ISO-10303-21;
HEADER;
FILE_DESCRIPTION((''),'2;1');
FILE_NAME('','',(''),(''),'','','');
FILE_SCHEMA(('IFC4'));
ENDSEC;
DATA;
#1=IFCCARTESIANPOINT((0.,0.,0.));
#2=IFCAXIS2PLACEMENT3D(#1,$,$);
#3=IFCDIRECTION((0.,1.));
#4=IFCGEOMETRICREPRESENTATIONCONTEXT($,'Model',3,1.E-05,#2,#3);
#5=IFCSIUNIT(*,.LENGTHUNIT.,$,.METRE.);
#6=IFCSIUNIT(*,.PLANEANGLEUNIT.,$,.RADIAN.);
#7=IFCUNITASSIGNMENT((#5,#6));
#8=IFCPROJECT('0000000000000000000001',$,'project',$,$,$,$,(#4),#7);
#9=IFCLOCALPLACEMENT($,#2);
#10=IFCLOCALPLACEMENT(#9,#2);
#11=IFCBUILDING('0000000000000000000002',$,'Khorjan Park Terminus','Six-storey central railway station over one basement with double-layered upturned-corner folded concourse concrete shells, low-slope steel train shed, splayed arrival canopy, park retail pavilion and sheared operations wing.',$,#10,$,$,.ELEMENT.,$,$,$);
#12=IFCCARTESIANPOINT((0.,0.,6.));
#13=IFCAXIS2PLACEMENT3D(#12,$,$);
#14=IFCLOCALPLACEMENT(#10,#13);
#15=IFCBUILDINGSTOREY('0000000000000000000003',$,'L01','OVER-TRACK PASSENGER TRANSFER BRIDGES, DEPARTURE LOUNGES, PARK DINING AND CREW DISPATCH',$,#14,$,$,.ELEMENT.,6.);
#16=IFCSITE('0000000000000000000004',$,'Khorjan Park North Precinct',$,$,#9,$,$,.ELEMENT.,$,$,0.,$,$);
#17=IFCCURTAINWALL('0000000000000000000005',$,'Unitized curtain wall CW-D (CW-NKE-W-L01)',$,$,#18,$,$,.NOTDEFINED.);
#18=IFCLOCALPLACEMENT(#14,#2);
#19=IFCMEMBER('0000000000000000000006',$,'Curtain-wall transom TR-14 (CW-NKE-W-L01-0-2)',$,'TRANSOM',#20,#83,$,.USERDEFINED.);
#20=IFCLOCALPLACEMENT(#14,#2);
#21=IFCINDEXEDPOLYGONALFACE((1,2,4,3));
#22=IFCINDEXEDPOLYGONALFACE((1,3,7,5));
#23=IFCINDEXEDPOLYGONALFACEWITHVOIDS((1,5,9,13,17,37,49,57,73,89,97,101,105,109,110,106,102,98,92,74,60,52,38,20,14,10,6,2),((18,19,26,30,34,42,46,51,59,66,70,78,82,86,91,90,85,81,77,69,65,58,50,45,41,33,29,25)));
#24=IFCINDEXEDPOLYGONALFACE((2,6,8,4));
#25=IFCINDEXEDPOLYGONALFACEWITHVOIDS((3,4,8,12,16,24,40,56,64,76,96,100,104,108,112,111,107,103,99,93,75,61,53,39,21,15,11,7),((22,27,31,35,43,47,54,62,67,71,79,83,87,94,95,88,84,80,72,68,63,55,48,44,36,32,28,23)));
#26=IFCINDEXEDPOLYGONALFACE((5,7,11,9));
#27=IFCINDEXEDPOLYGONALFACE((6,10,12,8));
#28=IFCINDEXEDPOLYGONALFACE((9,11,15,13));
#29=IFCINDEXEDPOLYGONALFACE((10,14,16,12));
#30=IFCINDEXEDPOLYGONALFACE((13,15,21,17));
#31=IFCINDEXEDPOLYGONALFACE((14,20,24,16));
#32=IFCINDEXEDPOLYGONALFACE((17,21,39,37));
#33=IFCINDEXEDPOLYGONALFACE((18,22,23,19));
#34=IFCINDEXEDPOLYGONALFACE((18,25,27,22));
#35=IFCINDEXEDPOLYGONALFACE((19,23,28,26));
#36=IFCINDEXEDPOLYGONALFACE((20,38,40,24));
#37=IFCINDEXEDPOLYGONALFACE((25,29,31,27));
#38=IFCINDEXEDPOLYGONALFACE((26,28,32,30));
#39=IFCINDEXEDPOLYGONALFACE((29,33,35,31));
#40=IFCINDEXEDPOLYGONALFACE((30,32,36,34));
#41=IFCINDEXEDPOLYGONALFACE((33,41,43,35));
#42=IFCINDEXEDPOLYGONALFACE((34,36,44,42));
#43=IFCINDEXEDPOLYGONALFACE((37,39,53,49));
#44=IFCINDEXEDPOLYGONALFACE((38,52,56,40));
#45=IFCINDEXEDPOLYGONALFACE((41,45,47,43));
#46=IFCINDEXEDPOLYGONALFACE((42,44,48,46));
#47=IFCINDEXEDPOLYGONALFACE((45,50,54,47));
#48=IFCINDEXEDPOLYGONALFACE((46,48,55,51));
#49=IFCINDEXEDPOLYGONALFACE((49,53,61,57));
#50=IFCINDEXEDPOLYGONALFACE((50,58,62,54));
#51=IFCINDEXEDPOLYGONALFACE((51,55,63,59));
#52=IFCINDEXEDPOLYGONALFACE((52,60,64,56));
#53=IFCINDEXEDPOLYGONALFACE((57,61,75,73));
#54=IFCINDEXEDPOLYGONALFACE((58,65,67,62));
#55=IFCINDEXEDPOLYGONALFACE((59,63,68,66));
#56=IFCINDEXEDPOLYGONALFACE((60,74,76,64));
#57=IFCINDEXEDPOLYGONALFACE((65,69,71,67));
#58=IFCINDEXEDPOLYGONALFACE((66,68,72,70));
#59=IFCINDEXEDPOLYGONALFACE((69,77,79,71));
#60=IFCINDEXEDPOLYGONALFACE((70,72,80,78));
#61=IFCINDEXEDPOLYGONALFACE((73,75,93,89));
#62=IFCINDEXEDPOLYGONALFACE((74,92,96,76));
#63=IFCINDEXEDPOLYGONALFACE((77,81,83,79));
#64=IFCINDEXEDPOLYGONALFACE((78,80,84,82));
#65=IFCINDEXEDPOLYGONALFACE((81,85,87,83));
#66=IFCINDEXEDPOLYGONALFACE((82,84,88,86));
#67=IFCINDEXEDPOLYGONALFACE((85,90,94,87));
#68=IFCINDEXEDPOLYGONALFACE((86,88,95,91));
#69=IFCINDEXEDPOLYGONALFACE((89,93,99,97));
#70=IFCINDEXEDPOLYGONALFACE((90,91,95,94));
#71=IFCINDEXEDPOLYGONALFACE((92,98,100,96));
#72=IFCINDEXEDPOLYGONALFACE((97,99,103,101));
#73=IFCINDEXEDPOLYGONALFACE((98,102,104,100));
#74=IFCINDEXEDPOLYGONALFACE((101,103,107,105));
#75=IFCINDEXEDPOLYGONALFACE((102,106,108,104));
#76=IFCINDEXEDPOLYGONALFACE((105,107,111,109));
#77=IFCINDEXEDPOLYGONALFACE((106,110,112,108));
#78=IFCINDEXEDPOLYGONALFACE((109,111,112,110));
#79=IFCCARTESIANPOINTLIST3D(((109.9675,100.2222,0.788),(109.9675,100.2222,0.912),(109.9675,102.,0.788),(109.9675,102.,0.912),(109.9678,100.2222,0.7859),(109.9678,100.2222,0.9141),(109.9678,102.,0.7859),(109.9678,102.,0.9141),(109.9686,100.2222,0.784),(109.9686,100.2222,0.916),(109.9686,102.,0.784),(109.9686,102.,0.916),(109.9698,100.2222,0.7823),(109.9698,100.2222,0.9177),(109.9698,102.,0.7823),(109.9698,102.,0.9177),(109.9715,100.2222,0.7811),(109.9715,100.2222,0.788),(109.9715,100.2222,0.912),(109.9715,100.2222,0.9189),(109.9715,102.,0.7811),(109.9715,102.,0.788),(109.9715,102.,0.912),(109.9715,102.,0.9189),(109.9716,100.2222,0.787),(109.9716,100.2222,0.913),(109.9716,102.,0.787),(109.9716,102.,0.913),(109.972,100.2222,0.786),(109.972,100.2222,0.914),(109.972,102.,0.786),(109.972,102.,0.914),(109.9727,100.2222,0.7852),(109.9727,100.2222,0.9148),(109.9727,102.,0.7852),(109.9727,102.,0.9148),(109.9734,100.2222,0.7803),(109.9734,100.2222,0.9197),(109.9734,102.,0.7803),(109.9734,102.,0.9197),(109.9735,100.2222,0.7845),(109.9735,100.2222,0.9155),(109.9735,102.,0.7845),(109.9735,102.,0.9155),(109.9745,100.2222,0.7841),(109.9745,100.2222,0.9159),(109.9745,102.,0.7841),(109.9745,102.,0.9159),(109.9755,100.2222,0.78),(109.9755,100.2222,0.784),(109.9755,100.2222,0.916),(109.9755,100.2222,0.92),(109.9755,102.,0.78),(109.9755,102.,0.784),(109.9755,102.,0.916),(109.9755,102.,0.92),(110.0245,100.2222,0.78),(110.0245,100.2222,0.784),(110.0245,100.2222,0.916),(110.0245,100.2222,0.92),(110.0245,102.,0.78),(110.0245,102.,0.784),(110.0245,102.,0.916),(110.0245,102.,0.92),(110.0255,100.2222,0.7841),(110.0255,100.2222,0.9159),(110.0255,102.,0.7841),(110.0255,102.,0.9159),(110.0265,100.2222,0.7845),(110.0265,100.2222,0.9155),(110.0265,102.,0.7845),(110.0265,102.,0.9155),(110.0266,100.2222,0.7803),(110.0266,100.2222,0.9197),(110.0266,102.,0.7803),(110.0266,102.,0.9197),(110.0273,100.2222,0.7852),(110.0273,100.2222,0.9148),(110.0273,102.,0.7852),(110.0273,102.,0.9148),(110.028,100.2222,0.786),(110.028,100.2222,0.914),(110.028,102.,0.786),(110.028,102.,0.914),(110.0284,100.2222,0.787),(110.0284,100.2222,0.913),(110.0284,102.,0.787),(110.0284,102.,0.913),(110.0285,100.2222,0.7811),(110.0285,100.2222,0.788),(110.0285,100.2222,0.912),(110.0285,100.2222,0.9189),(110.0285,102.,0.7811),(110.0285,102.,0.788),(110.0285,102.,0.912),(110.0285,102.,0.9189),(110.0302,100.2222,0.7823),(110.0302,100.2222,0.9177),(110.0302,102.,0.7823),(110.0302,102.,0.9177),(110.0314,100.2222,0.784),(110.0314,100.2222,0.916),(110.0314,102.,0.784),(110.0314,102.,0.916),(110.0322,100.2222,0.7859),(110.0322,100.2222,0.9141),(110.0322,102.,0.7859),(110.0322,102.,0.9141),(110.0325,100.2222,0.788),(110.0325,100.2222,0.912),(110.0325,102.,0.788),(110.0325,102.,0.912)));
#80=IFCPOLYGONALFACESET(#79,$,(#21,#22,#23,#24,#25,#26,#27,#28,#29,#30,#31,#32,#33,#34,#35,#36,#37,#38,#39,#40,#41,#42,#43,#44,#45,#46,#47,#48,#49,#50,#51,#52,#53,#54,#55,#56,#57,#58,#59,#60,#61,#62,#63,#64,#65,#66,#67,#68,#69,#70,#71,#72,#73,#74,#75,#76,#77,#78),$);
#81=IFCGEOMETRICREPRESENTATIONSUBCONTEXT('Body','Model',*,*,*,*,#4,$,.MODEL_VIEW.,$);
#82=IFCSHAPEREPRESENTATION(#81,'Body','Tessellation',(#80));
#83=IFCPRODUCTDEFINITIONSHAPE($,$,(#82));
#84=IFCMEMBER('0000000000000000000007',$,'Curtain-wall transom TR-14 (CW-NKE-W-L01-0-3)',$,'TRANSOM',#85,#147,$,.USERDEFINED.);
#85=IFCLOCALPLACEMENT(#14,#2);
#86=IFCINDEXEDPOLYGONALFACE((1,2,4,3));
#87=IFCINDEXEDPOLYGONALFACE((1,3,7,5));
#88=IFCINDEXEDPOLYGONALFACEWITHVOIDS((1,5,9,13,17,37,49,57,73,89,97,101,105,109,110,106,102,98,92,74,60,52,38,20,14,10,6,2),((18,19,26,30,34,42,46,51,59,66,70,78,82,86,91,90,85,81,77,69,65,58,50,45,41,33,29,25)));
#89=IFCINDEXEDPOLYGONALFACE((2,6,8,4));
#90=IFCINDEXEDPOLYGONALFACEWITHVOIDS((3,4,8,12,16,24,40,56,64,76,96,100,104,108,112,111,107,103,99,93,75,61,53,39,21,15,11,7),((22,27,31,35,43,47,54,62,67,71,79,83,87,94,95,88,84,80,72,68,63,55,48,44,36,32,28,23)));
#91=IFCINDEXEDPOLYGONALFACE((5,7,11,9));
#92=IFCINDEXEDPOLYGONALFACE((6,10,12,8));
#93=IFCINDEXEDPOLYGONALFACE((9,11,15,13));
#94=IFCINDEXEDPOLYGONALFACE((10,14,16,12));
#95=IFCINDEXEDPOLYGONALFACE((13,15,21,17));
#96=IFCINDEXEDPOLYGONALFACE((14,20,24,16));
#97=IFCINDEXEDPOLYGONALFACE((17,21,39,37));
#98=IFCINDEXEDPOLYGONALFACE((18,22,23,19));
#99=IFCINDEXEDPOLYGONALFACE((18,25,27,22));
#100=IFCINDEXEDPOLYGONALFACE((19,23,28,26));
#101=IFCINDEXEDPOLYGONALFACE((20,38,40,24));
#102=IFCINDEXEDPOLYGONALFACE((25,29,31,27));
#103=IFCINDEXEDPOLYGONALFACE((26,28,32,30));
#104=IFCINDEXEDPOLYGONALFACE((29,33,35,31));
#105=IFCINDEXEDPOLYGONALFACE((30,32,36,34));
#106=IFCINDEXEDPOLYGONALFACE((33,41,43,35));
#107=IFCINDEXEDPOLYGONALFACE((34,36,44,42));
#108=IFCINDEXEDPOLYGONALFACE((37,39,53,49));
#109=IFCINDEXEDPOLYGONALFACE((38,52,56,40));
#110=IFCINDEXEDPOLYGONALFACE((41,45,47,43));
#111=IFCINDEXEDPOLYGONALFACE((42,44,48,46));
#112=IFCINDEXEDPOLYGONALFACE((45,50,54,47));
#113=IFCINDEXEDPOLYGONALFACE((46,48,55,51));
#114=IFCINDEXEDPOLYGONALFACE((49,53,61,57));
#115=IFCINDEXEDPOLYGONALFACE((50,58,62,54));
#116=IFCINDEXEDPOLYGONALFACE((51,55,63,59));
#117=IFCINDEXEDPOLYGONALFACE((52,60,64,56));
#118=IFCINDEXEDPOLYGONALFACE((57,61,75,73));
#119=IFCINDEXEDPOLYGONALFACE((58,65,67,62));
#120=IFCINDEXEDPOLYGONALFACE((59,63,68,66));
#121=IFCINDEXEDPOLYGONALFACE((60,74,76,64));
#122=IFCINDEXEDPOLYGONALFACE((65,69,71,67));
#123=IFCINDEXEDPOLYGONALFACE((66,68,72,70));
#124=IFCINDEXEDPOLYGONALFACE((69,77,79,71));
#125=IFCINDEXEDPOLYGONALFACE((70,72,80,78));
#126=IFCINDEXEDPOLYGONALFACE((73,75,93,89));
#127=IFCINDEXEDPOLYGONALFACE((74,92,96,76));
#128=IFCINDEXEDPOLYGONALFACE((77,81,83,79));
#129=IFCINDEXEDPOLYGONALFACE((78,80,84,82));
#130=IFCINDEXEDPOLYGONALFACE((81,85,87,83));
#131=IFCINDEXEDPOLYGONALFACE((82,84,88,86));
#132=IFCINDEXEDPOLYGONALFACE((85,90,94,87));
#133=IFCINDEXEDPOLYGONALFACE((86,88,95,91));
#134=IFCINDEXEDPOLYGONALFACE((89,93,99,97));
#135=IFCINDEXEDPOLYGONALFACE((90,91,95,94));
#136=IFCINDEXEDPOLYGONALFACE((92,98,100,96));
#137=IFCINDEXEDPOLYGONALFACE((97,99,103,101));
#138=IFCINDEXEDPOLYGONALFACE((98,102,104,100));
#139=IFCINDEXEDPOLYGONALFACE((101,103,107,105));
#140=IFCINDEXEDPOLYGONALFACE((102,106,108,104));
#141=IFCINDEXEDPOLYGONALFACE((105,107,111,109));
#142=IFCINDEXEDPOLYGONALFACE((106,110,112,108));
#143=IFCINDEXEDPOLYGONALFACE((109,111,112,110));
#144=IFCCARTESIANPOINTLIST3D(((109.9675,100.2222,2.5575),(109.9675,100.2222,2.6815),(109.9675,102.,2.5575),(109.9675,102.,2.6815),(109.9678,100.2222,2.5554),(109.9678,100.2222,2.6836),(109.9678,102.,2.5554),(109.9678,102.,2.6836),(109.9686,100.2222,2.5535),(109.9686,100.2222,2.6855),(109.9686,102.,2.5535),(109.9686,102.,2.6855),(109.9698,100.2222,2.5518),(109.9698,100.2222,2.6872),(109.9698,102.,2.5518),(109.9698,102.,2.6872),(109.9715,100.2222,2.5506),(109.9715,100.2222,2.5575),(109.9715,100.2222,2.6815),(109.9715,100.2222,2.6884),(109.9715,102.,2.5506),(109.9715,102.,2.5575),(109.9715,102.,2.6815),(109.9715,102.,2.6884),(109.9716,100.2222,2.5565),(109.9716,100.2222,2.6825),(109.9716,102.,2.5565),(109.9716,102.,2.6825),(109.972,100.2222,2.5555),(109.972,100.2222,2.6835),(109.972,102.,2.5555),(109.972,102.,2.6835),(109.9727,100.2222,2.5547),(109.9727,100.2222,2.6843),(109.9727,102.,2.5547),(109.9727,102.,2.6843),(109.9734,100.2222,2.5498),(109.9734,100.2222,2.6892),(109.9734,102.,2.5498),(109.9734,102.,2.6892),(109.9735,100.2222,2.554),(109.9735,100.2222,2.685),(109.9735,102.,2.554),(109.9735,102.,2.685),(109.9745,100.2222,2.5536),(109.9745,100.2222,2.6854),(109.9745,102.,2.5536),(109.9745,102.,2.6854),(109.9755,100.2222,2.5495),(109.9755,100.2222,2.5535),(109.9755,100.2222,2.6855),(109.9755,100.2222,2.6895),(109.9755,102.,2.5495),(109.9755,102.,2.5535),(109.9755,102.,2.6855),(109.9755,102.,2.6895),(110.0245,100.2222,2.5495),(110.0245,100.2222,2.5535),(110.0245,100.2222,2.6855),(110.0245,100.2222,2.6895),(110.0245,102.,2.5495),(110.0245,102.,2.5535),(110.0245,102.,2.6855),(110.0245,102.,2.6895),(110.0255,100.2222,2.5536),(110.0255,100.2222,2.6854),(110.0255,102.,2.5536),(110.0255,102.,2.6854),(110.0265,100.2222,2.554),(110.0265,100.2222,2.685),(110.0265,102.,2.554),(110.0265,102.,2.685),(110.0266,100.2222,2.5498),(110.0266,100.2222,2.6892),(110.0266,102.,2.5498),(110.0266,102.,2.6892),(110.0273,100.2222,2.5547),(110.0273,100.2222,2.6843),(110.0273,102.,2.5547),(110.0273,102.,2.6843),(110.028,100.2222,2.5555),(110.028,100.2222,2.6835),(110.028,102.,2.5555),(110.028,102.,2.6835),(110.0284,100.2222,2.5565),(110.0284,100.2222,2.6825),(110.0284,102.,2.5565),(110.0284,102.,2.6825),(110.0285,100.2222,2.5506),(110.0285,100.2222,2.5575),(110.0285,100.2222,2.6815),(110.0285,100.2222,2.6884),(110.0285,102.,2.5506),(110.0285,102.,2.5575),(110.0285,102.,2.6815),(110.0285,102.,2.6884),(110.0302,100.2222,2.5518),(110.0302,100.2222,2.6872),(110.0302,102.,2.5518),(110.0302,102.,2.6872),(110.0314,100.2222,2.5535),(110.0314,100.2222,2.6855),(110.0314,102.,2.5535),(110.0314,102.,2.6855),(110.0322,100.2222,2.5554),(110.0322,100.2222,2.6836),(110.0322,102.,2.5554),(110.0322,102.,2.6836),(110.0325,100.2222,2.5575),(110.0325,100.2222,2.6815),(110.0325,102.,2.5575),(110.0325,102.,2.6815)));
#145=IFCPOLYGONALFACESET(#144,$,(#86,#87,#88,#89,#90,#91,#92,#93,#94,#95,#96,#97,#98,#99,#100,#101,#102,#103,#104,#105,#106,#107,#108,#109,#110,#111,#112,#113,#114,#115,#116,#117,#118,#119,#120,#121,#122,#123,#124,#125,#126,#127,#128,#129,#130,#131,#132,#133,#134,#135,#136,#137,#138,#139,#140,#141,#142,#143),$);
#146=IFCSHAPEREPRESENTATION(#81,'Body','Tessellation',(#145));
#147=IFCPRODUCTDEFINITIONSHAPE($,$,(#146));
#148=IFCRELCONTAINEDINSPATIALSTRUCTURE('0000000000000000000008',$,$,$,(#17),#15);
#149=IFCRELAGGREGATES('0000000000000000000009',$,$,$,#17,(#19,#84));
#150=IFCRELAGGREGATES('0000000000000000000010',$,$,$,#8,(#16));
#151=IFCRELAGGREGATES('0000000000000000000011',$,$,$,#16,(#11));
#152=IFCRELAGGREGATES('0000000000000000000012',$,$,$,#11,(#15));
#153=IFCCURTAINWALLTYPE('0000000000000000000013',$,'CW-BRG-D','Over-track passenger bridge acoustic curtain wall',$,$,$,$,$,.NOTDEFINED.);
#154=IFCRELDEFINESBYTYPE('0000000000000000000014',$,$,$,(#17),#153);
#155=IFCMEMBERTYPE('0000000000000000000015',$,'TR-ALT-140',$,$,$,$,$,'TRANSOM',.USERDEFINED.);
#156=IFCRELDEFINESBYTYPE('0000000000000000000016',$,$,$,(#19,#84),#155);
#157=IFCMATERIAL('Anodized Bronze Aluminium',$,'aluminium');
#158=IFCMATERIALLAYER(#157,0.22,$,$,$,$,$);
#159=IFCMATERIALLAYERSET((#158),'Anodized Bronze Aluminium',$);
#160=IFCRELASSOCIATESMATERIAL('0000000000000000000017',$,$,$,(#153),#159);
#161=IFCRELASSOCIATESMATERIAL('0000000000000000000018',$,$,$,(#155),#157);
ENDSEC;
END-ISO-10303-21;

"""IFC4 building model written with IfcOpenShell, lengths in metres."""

from ifc_helpers import new_model, si_unit, direction, frame, origin, origin_2d, place, context, subcontext, project, spatial, hollow_rectangle, extrude, material, layer, layer_set, material_profile, profile_set, type_object, element, aggregate, save


model = new_model("IFC4")

# Units and contexts
model_context = context("Model", 3, precision=1e-05, world=origin(), true_north=direction((0.0, 1.0)))
body_context = subcontext(model_context, "Body", "Model", "MODEL_VIEW")
ifc_project = project(units=[si_unit("LENGTHUNIT", "METRE"), si_unit("PLANEANGLEUNIT", "RADIAN")], contexts=[model_context])

# Site, building, storey
site_placement = place(None, origin())
site = spatial("IfcSite", under=ifc_project, at=site_placement, Name="Khorjan Park North Precinct", CompositionType="ELEMENT", RefElevation=0.0)
building_placement = place(site_placement, origin())
building = spatial("IfcBuilding", under=site, at=building_placement, Name="Khorjan Park Terminus", Description="Six-storey central railway station over one basement with double-layered upturned-corner folded concourse concrete shells, low-slope steel train shed, splayed arrival canopy, park retail pavilion and sheared operations wing.", CompositionType="ELEMENT")
storey_placement = place(building_placement, frame((0.0, 0.0, 6.0)))
storey = spatial("IfcBuildingStorey", under=building, at=storey_placement, Name="L01", Description="OVER-TRACK PASSENGER TRANSFER BRIDGES, DEPARTURE LOUNGES, PARK DINING AND CREW DISPATCH", CompositionType="ELEMENT", Elevation=6.0)

# Curtain wall, members
ifc_material_1 = material(Name="Anodized Bronze Aluminium", Category="aluminium")
ifc_layer_1 = layer(ifc_material_1, 0.22)
ifc_layer_set_1 = layer_set([ifc_layer_1], Name="Anodized Bronze Aluminium")
curtain_wall_type = type_object("IfcCurtainWallType", Name="CW-BRG-D", Description="Over-track passenger bridge acoustic curtain wall", PredefinedType="NOTDEFINED", material=ifc_layer_set_1)
curtain_wall_1_placement = place(storey_placement, origin())
curtain_wall_1 = element("IfcCurtainWall", 1, at=curtain_wall_1_placement, inside=storey, type_object=curtain_wall_type, Name="Unitized curtain wall CW-D (CW-NKE-W-L01)", PredefinedType="NOTDEFINED")
ifc_material_profile_1 = material_profile(ifc_material_1, hollow_rectangle(XDim=0.065, YDim=0.14, WallThickness=0.004, InnerFilletRadius=0.004, OuterFilletRadius=0.008, at=origin_2d()), Name="ALT 65x140x4")
ifc_profile_set_1 = profile_set([ifc_material_profile_1], Name="Anodized Bronze Aluminium")
member_type = type_object("IfcMemberType", Name="TR-ALT-140", ElementType="TRANSOM", PredefinedType="USERDEFINED", material=ifc_profile_set_1)
member_1_placement = place(storey_placement, frame((110.0, 102.0, 0.85), z_axis=(0.0, -1.0, 0.0), x_axis=(1.0, 0.0, 0.0)))
member_1 = element("IfcMember", 2, at=member_1_placement, type_object=member_type, Name="Curtain-wall transom TR-14 (CW-NKE-W-L01-0-2)", ObjectType="TRANSOM", PredefinedType="USERDEFINED", context=body_context, shape_type="SweptSolid", body=[
    extrude(hollow_rectangle(XDim=0.065, YDim=0.14, WallThickness=0.004, InnerFilletRadius=0.004, OuterFilletRadius=0.008, at=origin_2d()), origin(), (0.0, 0.0, 1.0), 1.7778),
])
member_2_placement = place(storey_placement, frame((110.0, 102.0, 2.6195), z_axis=(0.0, -1.0, 0.0), x_axis=(1.0, 0.0, 0.0)))
member_2 = element("IfcMember", 3, at=member_2_placement, type_object=member_type, Name="Curtain-wall transom TR-14 (CW-NKE-W-L01-0-3)", ObjectType="TRANSOM", PredefinedType="USERDEFINED", context=body_context, shape_type="SweptSolid", body=[
    extrude(hollow_rectangle(XDim=0.065, YDim=0.14, WallThickness=0.004, InnerFilletRadius=0.004, OuterFilletRadius=0.008, at=origin_2d()), origin(), (0.0, 0.0, 1.0), 1.7778),
])
aggregate(curtain_wall_1, [member_1, member_2])

save(model, "model.ifc")
